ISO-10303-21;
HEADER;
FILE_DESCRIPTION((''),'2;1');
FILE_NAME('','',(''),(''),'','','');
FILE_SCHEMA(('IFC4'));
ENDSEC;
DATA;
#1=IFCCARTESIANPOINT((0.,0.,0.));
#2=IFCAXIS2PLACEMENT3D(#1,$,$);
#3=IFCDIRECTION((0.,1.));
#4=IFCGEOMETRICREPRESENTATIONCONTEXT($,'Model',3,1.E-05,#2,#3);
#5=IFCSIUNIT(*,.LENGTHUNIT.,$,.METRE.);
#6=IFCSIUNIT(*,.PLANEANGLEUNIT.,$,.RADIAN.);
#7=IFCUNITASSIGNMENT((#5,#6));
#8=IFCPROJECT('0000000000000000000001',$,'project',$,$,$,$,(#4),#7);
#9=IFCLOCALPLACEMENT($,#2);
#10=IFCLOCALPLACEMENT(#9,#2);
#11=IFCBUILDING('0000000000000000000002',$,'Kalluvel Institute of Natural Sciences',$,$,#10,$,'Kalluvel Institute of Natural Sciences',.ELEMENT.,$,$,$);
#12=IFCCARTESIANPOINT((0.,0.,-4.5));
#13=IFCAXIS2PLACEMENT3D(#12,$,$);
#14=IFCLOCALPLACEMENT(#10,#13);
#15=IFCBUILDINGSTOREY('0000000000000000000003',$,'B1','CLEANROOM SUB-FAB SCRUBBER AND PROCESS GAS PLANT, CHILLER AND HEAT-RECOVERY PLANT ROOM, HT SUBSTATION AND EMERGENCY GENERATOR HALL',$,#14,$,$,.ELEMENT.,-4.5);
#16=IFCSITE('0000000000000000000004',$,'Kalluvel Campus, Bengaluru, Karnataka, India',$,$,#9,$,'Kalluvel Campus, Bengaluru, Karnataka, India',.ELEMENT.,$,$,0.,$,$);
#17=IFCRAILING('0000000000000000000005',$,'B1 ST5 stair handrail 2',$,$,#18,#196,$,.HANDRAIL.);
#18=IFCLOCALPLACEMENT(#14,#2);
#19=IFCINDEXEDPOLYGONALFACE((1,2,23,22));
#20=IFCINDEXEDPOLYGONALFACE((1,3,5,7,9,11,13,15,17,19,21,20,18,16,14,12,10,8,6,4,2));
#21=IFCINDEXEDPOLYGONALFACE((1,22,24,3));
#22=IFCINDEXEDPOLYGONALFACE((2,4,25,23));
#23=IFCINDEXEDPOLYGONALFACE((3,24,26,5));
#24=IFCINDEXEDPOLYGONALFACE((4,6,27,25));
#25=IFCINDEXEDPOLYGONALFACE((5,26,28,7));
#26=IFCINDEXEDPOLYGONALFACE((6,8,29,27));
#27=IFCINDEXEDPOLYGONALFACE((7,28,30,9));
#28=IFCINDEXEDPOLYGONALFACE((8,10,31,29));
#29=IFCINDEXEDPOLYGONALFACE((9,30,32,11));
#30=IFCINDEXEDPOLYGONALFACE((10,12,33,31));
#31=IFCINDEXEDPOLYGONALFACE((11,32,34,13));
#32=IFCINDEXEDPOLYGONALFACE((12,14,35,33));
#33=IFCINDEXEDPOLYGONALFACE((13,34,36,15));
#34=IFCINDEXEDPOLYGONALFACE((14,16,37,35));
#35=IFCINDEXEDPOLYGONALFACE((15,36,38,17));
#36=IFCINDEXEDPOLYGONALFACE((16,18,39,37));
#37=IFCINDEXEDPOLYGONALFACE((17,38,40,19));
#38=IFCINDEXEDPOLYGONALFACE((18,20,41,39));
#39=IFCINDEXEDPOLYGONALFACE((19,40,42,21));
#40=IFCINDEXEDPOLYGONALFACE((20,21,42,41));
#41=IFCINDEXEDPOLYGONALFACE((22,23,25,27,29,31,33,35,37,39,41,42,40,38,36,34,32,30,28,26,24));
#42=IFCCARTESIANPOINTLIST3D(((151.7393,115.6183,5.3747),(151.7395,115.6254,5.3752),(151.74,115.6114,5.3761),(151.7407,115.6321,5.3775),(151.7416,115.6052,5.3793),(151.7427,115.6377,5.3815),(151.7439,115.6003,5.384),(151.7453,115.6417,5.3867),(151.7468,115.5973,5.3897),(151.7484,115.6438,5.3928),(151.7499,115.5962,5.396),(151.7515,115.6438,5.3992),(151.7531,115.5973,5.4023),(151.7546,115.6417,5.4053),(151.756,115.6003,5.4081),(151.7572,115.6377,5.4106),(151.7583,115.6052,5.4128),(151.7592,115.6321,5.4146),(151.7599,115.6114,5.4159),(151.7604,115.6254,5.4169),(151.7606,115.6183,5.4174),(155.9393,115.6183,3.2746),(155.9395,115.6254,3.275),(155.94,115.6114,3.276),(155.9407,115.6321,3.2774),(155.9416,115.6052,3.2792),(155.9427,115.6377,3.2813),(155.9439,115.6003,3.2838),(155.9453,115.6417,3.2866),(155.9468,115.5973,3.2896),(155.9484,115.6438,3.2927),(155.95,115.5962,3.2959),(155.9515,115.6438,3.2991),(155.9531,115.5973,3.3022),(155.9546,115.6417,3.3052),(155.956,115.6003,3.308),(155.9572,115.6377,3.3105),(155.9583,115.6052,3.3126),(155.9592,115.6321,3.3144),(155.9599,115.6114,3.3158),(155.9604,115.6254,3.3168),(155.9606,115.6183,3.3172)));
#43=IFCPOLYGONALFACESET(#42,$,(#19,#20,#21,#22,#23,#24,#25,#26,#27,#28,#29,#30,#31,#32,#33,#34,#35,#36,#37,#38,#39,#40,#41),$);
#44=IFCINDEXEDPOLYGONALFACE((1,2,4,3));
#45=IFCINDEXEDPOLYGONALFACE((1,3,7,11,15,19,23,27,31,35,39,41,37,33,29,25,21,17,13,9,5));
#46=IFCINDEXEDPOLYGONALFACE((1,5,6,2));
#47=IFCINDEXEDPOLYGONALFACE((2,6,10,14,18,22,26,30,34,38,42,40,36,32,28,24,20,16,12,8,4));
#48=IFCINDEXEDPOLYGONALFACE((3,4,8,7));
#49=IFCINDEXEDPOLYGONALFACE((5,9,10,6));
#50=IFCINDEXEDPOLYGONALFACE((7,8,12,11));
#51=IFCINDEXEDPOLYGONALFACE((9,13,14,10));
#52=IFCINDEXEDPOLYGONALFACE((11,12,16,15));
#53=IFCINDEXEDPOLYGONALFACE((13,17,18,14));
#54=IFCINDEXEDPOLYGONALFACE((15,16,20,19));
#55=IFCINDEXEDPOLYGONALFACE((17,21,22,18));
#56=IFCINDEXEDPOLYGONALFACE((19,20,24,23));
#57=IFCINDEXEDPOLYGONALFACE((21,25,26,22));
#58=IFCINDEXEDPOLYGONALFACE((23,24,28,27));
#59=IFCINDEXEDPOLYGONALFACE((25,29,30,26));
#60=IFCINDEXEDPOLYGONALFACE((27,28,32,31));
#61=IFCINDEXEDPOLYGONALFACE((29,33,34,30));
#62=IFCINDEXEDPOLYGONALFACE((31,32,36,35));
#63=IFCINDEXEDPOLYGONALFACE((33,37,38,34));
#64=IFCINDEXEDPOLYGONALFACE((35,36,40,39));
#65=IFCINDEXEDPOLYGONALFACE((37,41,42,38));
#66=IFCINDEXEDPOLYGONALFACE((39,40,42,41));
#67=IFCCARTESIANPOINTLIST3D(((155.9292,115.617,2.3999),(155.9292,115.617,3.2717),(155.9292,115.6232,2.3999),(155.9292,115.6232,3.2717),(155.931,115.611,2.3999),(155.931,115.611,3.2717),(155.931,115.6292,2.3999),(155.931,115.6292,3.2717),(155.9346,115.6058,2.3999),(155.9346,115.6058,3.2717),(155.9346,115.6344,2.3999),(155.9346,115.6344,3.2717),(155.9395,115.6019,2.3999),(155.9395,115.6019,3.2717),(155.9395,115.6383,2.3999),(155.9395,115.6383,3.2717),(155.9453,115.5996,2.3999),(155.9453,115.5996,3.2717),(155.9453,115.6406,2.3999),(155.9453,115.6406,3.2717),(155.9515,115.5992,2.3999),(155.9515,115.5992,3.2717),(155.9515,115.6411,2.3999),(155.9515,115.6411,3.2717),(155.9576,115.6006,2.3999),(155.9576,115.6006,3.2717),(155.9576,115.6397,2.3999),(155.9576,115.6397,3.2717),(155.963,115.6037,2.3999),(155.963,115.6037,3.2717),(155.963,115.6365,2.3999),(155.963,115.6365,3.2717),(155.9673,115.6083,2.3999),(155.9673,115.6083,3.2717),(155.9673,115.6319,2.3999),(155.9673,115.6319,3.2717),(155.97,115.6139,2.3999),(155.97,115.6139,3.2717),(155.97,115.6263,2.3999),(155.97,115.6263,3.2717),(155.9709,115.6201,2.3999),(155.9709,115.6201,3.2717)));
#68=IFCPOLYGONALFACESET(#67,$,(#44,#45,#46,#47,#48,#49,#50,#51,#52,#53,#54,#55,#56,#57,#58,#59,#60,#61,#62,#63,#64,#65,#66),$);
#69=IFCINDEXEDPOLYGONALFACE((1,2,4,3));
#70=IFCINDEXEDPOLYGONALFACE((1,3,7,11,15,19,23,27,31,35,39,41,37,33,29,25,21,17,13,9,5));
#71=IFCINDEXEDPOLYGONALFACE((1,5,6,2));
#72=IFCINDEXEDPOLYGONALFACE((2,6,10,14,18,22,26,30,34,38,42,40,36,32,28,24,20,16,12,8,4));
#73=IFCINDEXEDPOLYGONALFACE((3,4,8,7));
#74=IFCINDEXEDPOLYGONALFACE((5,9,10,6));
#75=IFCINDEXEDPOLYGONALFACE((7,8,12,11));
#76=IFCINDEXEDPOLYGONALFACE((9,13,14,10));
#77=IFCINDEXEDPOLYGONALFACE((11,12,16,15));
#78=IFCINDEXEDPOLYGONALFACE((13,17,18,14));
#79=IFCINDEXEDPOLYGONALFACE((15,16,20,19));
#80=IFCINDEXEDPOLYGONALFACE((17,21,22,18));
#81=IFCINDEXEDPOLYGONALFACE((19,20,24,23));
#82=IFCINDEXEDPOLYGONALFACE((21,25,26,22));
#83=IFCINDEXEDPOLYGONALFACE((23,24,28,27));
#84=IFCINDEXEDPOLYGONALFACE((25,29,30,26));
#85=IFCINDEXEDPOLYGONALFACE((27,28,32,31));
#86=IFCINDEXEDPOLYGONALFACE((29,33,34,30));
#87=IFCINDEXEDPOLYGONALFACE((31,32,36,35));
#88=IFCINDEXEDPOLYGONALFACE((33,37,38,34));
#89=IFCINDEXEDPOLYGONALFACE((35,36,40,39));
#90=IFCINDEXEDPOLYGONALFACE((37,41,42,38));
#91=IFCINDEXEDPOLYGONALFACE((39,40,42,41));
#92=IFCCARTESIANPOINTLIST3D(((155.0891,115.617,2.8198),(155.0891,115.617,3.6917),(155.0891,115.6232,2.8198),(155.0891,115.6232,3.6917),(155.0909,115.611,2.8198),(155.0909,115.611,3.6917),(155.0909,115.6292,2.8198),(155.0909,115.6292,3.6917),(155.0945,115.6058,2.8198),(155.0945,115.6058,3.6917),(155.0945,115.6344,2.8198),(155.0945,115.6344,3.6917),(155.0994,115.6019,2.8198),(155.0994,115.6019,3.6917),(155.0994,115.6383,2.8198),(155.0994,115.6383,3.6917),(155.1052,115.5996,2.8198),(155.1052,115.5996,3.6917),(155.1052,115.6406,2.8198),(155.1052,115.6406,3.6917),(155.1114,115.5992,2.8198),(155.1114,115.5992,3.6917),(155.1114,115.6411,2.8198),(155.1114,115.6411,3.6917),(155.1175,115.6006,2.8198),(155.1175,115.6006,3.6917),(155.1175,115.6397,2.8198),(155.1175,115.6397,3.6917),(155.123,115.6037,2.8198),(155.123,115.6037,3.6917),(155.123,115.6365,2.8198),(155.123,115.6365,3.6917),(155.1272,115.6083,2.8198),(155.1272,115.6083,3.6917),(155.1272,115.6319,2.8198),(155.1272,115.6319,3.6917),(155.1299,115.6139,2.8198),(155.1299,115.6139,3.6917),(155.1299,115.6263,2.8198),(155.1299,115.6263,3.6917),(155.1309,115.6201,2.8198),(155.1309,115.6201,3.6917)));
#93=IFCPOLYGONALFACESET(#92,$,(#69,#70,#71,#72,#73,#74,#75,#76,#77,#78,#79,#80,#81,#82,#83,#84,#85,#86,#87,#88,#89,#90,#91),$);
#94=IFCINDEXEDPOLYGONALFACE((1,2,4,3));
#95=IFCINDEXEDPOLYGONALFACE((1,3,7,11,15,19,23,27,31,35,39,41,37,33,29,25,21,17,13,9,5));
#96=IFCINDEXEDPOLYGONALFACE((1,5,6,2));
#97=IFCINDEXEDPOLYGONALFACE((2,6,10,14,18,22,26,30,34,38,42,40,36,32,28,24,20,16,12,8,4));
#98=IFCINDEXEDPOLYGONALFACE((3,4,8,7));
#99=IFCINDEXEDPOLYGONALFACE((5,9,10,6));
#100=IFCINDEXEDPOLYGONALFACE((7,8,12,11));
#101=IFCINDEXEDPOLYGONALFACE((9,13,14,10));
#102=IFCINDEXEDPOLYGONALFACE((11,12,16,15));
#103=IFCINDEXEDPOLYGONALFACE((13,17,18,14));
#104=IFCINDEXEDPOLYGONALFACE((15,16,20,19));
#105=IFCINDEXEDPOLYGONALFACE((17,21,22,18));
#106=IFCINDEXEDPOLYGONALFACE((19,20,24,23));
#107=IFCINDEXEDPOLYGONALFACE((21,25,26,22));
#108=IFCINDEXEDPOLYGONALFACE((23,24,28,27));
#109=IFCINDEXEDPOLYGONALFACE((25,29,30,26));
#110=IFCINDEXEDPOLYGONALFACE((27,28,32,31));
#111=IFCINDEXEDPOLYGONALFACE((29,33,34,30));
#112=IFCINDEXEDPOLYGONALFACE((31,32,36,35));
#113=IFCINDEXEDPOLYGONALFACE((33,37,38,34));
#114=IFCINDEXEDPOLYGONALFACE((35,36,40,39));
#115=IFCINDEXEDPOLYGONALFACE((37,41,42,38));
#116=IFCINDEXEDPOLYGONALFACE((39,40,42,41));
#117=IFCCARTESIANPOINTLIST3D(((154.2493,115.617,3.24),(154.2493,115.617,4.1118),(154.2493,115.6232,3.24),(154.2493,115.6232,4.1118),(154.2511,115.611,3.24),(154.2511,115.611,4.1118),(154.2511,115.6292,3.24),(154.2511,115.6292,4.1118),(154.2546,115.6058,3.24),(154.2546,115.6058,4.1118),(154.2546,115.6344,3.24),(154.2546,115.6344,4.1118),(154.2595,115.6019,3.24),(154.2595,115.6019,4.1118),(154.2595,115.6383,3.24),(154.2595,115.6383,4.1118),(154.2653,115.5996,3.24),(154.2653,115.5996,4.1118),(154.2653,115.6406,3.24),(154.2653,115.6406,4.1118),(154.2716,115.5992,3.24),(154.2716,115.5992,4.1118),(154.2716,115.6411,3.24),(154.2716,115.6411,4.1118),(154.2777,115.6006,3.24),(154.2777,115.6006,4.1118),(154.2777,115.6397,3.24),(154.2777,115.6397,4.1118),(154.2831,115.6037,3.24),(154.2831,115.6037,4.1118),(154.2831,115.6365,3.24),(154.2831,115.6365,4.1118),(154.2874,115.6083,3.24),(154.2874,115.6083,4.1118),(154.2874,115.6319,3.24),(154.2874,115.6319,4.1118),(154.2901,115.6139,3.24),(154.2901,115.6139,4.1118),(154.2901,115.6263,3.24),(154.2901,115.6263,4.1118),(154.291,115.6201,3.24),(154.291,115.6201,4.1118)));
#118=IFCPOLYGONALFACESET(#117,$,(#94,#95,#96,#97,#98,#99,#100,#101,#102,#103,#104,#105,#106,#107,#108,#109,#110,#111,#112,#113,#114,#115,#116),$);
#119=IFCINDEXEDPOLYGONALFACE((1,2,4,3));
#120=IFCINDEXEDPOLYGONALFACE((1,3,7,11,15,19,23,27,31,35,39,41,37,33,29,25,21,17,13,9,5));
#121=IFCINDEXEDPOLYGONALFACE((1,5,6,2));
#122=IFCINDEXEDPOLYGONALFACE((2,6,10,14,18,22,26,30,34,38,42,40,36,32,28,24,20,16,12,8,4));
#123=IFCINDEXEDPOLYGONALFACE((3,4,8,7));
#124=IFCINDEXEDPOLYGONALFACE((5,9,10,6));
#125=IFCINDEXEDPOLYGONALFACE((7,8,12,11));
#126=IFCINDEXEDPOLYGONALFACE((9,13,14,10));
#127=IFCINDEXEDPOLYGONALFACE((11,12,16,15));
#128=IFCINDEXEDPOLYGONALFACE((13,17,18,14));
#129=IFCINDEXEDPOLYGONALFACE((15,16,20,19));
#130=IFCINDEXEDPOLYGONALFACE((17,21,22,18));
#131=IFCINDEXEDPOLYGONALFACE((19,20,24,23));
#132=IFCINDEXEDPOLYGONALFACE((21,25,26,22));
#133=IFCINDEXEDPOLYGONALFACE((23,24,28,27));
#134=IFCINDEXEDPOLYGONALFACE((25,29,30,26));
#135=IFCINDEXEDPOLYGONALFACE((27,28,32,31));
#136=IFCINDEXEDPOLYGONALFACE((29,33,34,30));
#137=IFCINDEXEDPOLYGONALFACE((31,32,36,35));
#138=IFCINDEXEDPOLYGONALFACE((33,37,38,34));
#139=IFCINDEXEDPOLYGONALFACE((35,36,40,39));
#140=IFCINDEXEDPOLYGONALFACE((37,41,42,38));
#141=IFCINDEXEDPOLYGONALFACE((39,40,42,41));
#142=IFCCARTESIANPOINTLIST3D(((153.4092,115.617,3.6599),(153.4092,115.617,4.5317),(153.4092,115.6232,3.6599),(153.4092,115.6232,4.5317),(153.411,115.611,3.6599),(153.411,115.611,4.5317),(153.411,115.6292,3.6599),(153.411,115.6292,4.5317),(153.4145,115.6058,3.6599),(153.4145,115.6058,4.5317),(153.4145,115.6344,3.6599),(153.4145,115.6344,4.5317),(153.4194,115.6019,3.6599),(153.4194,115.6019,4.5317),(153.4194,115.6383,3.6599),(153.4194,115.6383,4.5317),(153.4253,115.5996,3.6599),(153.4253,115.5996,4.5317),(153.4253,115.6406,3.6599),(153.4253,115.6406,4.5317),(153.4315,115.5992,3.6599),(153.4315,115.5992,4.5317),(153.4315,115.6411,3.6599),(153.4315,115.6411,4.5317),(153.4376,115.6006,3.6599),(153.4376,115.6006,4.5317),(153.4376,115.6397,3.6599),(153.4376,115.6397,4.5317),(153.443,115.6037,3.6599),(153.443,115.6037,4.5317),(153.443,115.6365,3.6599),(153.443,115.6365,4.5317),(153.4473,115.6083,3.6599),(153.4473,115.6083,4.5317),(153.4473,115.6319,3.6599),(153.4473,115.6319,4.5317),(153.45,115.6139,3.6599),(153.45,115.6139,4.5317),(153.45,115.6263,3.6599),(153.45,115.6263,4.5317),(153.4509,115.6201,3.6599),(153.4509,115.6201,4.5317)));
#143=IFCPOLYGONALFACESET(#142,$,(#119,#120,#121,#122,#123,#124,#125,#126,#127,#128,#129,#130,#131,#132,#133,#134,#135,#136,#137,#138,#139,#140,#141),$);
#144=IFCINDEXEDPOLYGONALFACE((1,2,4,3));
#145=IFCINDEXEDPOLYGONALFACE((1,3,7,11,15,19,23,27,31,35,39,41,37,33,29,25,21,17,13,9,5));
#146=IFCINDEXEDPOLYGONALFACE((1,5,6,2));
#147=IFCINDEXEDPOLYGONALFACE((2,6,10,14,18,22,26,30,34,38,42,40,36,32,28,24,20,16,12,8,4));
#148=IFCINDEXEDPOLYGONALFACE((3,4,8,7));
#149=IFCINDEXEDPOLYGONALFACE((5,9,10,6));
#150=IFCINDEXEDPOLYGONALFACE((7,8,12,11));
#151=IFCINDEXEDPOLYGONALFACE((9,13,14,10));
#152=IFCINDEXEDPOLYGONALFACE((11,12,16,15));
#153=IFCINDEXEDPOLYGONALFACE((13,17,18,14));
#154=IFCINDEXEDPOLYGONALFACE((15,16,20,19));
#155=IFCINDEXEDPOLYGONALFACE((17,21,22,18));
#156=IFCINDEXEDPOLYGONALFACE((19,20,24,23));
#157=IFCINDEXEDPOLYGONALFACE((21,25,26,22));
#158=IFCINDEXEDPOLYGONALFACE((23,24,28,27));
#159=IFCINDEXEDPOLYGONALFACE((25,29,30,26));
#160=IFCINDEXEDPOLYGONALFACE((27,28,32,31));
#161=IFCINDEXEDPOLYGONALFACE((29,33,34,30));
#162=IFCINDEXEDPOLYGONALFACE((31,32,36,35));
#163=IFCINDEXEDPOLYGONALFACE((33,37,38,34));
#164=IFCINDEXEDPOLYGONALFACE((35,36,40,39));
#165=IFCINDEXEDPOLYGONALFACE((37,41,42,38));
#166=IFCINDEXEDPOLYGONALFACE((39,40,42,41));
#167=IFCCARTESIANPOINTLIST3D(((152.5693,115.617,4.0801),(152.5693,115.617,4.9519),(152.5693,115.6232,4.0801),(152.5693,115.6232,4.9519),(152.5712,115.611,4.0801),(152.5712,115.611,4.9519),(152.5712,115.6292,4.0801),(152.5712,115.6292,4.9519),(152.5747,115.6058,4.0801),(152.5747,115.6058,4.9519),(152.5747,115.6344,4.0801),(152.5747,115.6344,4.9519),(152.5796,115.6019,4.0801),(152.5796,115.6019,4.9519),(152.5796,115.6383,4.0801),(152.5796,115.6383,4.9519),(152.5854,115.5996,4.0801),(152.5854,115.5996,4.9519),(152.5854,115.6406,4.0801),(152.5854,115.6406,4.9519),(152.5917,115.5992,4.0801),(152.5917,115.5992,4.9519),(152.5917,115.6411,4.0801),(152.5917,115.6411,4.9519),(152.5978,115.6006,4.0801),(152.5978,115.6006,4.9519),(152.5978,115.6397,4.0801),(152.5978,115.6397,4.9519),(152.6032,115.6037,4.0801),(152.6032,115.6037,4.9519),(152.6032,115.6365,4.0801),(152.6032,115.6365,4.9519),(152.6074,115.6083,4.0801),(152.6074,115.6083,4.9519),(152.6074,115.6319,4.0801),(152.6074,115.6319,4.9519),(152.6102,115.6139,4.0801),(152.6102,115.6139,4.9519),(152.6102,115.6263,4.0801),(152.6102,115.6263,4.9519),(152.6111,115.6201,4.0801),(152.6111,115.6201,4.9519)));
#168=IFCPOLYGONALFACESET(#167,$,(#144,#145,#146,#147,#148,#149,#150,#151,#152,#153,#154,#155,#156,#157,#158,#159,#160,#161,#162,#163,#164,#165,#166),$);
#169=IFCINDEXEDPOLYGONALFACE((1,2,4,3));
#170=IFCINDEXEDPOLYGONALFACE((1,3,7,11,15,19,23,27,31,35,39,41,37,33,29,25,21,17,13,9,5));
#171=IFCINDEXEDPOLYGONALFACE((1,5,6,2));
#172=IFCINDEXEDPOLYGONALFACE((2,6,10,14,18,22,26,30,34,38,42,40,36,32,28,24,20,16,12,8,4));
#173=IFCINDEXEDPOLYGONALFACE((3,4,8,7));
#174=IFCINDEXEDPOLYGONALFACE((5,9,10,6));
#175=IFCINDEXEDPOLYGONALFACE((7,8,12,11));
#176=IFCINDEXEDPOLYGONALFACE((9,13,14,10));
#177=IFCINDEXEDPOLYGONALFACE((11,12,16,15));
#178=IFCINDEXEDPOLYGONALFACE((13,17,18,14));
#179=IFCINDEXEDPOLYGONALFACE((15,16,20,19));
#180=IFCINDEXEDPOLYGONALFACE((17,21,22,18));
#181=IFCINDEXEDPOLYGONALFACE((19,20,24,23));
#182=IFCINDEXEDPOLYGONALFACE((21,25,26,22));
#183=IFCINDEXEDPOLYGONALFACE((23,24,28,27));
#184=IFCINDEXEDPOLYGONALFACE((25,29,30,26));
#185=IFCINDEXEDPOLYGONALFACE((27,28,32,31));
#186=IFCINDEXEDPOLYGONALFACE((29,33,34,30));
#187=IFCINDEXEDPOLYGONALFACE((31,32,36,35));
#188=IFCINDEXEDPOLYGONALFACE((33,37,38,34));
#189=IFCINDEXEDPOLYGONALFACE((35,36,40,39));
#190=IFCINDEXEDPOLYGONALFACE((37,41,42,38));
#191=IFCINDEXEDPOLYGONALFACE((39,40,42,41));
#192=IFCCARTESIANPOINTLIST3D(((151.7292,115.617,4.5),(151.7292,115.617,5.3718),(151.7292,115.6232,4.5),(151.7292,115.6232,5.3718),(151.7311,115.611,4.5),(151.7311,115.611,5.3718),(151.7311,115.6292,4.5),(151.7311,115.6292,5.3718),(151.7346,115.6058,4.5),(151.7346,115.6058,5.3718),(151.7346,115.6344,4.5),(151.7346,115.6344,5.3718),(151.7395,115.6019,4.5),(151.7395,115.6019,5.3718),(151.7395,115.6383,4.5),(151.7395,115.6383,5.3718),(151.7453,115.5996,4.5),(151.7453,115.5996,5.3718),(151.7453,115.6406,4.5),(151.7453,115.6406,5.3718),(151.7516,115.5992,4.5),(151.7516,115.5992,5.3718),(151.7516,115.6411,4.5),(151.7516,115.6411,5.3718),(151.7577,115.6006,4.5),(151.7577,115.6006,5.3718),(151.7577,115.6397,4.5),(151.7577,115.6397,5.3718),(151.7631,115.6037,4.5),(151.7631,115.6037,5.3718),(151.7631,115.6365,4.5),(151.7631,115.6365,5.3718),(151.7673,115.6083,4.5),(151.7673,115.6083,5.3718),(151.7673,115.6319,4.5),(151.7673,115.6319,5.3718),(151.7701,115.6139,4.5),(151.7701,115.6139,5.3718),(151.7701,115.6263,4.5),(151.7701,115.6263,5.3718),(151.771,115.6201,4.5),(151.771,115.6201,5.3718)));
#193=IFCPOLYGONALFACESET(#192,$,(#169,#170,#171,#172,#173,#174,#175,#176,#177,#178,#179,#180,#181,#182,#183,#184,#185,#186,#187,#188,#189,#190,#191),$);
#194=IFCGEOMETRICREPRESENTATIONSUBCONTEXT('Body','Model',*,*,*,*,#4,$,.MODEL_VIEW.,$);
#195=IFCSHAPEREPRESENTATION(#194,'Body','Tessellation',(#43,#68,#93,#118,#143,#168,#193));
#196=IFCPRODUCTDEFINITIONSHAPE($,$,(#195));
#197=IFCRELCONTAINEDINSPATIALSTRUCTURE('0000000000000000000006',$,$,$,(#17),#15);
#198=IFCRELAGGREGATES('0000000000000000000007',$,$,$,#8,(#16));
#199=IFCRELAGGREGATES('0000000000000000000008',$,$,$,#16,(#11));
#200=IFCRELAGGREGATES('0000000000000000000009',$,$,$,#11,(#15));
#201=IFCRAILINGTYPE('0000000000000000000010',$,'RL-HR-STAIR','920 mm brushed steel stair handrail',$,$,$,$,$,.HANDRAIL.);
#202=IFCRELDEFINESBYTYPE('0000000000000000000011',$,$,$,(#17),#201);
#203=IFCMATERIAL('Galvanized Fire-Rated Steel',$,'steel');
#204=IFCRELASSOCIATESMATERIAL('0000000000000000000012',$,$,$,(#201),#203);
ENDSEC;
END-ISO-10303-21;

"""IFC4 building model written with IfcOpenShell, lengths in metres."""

from ifc_helpers import new_model, si_unit, direction, frame, origin, origin_2d, place, context, subcontext, project, spatial, circle, extrude, material, type_object, element, save


model = new_model("IFC4")

# Units and contexts
model_context = context("Model", 3, precision=1e-05, world=origin(), true_north=direction((0.0, 1.0)))
body_context = subcontext(model_context, "Body", "Model", "MODEL_VIEW")
ifc_project = project(units=[si_unit("LENGTHUNIT", "METRE"), si_unit("PLANEANGLEUNIT", "RADIAN")], contexts=[model_context])

# Site, building, storey
site_placement = place(None, origin())
site = spatial("IfcSite", under=ifc_project, at=site_placement, Name="Kalluvel Campus, Bengaluru, Karnataka, India", LongName="Kalluvel Campus, Bengaluru, Karnataka, India", CompositionType="ELEMENT", RefElevation=0.0)
building_placement = place(site_placement, origin())
building = spatial("IfcBuilding", under=site, at=building_placement, Name="Kalluvel Institute of Natural Sciences", LongName="Kalluvel Institute of Natural Sciences", CompositionType="ELEMENT")
storey_placement = place(building_placement, frame((0.0, 0.0, -4.5)))
storey = spatial("IfcBuildingStorey", under=building, at=storey_placement, Name="B1", Description="CLEANROOM SUB-FAB SCRUBBER AND PROCESS GAS PLANT, CHILLER AND HEAT-RECOVERY PLANT ROOM, HT SUBSTATION AND EMERGENCY GENERATOR HALL", CompositionType="ELEMENT", Elevation=-4.5)

# Shared definitions
ifc_material_1 = material(Name="Galvanized Fire-Rated Steel", Category="steel")

# Railing
railing_type_1 = type_object("IfcRailingType", Name="RL-HR-STAIR", Description="920 mm brushed steel stair handrail", PredefinedType="HANDRAIL", material=ifc_material_1)
railing_1_placement = place(storey_placement, frame((155.95, 115.6201, 2.3999)))
element("IfcRailing", 1, at=railing_1_placement, inside=storey, type_object=railing_type_1, Name="B1 ST5 stair handrail 2", PredefinedType="HANDRAIL", context=body_context, shape_type="SweptSolid", body=[
    extrude(circle(Radius=0.0239, at=origin_2d()), frame((0.0, 0.0, 0.896), z_axis=(-0.894417, 0.0, 0.447234), x_axis=(0.0, -1.0, 0.0)), (0.0, 0.0, 1.0), 4.6958),
    extrude(circle(Radius=0.021, at=origin_2d()), origin(), (0.0, 0.0, 1.0), 0.8718),
    extrude(circle(Radius=0.021, at=origin_2d()), frame((-0.8401, 0.0, 0.4199)), (0.0, 0.0, 1.0), 0.8718),
    extrude(circle(Radius=0.021, at=origin_2d()), frame((-1.6799, 0.0, 0.8401)), (0.0, 0.0, 1.0), 0.8718),
    extrude(circle(Radius=0.021, at=origin_2d()), frame((-2.52, 0.0, 1.26)), (0.0, 0.0, 1.0), 0.8718),
    extrude(circle(Radius=0.021, at=origin_2d()), frame((-3.3599, 0.0, 1.6802)), (0.0, 0.0, 1.0), 0.8718),
    extrude(circle(Radius=0.021, at=origin_2d()), frame((-4.2, 0.0, 2.1001)), (0.0, 0.0, 1.0), 0.8718),
])

save(model, "model.ifc")
